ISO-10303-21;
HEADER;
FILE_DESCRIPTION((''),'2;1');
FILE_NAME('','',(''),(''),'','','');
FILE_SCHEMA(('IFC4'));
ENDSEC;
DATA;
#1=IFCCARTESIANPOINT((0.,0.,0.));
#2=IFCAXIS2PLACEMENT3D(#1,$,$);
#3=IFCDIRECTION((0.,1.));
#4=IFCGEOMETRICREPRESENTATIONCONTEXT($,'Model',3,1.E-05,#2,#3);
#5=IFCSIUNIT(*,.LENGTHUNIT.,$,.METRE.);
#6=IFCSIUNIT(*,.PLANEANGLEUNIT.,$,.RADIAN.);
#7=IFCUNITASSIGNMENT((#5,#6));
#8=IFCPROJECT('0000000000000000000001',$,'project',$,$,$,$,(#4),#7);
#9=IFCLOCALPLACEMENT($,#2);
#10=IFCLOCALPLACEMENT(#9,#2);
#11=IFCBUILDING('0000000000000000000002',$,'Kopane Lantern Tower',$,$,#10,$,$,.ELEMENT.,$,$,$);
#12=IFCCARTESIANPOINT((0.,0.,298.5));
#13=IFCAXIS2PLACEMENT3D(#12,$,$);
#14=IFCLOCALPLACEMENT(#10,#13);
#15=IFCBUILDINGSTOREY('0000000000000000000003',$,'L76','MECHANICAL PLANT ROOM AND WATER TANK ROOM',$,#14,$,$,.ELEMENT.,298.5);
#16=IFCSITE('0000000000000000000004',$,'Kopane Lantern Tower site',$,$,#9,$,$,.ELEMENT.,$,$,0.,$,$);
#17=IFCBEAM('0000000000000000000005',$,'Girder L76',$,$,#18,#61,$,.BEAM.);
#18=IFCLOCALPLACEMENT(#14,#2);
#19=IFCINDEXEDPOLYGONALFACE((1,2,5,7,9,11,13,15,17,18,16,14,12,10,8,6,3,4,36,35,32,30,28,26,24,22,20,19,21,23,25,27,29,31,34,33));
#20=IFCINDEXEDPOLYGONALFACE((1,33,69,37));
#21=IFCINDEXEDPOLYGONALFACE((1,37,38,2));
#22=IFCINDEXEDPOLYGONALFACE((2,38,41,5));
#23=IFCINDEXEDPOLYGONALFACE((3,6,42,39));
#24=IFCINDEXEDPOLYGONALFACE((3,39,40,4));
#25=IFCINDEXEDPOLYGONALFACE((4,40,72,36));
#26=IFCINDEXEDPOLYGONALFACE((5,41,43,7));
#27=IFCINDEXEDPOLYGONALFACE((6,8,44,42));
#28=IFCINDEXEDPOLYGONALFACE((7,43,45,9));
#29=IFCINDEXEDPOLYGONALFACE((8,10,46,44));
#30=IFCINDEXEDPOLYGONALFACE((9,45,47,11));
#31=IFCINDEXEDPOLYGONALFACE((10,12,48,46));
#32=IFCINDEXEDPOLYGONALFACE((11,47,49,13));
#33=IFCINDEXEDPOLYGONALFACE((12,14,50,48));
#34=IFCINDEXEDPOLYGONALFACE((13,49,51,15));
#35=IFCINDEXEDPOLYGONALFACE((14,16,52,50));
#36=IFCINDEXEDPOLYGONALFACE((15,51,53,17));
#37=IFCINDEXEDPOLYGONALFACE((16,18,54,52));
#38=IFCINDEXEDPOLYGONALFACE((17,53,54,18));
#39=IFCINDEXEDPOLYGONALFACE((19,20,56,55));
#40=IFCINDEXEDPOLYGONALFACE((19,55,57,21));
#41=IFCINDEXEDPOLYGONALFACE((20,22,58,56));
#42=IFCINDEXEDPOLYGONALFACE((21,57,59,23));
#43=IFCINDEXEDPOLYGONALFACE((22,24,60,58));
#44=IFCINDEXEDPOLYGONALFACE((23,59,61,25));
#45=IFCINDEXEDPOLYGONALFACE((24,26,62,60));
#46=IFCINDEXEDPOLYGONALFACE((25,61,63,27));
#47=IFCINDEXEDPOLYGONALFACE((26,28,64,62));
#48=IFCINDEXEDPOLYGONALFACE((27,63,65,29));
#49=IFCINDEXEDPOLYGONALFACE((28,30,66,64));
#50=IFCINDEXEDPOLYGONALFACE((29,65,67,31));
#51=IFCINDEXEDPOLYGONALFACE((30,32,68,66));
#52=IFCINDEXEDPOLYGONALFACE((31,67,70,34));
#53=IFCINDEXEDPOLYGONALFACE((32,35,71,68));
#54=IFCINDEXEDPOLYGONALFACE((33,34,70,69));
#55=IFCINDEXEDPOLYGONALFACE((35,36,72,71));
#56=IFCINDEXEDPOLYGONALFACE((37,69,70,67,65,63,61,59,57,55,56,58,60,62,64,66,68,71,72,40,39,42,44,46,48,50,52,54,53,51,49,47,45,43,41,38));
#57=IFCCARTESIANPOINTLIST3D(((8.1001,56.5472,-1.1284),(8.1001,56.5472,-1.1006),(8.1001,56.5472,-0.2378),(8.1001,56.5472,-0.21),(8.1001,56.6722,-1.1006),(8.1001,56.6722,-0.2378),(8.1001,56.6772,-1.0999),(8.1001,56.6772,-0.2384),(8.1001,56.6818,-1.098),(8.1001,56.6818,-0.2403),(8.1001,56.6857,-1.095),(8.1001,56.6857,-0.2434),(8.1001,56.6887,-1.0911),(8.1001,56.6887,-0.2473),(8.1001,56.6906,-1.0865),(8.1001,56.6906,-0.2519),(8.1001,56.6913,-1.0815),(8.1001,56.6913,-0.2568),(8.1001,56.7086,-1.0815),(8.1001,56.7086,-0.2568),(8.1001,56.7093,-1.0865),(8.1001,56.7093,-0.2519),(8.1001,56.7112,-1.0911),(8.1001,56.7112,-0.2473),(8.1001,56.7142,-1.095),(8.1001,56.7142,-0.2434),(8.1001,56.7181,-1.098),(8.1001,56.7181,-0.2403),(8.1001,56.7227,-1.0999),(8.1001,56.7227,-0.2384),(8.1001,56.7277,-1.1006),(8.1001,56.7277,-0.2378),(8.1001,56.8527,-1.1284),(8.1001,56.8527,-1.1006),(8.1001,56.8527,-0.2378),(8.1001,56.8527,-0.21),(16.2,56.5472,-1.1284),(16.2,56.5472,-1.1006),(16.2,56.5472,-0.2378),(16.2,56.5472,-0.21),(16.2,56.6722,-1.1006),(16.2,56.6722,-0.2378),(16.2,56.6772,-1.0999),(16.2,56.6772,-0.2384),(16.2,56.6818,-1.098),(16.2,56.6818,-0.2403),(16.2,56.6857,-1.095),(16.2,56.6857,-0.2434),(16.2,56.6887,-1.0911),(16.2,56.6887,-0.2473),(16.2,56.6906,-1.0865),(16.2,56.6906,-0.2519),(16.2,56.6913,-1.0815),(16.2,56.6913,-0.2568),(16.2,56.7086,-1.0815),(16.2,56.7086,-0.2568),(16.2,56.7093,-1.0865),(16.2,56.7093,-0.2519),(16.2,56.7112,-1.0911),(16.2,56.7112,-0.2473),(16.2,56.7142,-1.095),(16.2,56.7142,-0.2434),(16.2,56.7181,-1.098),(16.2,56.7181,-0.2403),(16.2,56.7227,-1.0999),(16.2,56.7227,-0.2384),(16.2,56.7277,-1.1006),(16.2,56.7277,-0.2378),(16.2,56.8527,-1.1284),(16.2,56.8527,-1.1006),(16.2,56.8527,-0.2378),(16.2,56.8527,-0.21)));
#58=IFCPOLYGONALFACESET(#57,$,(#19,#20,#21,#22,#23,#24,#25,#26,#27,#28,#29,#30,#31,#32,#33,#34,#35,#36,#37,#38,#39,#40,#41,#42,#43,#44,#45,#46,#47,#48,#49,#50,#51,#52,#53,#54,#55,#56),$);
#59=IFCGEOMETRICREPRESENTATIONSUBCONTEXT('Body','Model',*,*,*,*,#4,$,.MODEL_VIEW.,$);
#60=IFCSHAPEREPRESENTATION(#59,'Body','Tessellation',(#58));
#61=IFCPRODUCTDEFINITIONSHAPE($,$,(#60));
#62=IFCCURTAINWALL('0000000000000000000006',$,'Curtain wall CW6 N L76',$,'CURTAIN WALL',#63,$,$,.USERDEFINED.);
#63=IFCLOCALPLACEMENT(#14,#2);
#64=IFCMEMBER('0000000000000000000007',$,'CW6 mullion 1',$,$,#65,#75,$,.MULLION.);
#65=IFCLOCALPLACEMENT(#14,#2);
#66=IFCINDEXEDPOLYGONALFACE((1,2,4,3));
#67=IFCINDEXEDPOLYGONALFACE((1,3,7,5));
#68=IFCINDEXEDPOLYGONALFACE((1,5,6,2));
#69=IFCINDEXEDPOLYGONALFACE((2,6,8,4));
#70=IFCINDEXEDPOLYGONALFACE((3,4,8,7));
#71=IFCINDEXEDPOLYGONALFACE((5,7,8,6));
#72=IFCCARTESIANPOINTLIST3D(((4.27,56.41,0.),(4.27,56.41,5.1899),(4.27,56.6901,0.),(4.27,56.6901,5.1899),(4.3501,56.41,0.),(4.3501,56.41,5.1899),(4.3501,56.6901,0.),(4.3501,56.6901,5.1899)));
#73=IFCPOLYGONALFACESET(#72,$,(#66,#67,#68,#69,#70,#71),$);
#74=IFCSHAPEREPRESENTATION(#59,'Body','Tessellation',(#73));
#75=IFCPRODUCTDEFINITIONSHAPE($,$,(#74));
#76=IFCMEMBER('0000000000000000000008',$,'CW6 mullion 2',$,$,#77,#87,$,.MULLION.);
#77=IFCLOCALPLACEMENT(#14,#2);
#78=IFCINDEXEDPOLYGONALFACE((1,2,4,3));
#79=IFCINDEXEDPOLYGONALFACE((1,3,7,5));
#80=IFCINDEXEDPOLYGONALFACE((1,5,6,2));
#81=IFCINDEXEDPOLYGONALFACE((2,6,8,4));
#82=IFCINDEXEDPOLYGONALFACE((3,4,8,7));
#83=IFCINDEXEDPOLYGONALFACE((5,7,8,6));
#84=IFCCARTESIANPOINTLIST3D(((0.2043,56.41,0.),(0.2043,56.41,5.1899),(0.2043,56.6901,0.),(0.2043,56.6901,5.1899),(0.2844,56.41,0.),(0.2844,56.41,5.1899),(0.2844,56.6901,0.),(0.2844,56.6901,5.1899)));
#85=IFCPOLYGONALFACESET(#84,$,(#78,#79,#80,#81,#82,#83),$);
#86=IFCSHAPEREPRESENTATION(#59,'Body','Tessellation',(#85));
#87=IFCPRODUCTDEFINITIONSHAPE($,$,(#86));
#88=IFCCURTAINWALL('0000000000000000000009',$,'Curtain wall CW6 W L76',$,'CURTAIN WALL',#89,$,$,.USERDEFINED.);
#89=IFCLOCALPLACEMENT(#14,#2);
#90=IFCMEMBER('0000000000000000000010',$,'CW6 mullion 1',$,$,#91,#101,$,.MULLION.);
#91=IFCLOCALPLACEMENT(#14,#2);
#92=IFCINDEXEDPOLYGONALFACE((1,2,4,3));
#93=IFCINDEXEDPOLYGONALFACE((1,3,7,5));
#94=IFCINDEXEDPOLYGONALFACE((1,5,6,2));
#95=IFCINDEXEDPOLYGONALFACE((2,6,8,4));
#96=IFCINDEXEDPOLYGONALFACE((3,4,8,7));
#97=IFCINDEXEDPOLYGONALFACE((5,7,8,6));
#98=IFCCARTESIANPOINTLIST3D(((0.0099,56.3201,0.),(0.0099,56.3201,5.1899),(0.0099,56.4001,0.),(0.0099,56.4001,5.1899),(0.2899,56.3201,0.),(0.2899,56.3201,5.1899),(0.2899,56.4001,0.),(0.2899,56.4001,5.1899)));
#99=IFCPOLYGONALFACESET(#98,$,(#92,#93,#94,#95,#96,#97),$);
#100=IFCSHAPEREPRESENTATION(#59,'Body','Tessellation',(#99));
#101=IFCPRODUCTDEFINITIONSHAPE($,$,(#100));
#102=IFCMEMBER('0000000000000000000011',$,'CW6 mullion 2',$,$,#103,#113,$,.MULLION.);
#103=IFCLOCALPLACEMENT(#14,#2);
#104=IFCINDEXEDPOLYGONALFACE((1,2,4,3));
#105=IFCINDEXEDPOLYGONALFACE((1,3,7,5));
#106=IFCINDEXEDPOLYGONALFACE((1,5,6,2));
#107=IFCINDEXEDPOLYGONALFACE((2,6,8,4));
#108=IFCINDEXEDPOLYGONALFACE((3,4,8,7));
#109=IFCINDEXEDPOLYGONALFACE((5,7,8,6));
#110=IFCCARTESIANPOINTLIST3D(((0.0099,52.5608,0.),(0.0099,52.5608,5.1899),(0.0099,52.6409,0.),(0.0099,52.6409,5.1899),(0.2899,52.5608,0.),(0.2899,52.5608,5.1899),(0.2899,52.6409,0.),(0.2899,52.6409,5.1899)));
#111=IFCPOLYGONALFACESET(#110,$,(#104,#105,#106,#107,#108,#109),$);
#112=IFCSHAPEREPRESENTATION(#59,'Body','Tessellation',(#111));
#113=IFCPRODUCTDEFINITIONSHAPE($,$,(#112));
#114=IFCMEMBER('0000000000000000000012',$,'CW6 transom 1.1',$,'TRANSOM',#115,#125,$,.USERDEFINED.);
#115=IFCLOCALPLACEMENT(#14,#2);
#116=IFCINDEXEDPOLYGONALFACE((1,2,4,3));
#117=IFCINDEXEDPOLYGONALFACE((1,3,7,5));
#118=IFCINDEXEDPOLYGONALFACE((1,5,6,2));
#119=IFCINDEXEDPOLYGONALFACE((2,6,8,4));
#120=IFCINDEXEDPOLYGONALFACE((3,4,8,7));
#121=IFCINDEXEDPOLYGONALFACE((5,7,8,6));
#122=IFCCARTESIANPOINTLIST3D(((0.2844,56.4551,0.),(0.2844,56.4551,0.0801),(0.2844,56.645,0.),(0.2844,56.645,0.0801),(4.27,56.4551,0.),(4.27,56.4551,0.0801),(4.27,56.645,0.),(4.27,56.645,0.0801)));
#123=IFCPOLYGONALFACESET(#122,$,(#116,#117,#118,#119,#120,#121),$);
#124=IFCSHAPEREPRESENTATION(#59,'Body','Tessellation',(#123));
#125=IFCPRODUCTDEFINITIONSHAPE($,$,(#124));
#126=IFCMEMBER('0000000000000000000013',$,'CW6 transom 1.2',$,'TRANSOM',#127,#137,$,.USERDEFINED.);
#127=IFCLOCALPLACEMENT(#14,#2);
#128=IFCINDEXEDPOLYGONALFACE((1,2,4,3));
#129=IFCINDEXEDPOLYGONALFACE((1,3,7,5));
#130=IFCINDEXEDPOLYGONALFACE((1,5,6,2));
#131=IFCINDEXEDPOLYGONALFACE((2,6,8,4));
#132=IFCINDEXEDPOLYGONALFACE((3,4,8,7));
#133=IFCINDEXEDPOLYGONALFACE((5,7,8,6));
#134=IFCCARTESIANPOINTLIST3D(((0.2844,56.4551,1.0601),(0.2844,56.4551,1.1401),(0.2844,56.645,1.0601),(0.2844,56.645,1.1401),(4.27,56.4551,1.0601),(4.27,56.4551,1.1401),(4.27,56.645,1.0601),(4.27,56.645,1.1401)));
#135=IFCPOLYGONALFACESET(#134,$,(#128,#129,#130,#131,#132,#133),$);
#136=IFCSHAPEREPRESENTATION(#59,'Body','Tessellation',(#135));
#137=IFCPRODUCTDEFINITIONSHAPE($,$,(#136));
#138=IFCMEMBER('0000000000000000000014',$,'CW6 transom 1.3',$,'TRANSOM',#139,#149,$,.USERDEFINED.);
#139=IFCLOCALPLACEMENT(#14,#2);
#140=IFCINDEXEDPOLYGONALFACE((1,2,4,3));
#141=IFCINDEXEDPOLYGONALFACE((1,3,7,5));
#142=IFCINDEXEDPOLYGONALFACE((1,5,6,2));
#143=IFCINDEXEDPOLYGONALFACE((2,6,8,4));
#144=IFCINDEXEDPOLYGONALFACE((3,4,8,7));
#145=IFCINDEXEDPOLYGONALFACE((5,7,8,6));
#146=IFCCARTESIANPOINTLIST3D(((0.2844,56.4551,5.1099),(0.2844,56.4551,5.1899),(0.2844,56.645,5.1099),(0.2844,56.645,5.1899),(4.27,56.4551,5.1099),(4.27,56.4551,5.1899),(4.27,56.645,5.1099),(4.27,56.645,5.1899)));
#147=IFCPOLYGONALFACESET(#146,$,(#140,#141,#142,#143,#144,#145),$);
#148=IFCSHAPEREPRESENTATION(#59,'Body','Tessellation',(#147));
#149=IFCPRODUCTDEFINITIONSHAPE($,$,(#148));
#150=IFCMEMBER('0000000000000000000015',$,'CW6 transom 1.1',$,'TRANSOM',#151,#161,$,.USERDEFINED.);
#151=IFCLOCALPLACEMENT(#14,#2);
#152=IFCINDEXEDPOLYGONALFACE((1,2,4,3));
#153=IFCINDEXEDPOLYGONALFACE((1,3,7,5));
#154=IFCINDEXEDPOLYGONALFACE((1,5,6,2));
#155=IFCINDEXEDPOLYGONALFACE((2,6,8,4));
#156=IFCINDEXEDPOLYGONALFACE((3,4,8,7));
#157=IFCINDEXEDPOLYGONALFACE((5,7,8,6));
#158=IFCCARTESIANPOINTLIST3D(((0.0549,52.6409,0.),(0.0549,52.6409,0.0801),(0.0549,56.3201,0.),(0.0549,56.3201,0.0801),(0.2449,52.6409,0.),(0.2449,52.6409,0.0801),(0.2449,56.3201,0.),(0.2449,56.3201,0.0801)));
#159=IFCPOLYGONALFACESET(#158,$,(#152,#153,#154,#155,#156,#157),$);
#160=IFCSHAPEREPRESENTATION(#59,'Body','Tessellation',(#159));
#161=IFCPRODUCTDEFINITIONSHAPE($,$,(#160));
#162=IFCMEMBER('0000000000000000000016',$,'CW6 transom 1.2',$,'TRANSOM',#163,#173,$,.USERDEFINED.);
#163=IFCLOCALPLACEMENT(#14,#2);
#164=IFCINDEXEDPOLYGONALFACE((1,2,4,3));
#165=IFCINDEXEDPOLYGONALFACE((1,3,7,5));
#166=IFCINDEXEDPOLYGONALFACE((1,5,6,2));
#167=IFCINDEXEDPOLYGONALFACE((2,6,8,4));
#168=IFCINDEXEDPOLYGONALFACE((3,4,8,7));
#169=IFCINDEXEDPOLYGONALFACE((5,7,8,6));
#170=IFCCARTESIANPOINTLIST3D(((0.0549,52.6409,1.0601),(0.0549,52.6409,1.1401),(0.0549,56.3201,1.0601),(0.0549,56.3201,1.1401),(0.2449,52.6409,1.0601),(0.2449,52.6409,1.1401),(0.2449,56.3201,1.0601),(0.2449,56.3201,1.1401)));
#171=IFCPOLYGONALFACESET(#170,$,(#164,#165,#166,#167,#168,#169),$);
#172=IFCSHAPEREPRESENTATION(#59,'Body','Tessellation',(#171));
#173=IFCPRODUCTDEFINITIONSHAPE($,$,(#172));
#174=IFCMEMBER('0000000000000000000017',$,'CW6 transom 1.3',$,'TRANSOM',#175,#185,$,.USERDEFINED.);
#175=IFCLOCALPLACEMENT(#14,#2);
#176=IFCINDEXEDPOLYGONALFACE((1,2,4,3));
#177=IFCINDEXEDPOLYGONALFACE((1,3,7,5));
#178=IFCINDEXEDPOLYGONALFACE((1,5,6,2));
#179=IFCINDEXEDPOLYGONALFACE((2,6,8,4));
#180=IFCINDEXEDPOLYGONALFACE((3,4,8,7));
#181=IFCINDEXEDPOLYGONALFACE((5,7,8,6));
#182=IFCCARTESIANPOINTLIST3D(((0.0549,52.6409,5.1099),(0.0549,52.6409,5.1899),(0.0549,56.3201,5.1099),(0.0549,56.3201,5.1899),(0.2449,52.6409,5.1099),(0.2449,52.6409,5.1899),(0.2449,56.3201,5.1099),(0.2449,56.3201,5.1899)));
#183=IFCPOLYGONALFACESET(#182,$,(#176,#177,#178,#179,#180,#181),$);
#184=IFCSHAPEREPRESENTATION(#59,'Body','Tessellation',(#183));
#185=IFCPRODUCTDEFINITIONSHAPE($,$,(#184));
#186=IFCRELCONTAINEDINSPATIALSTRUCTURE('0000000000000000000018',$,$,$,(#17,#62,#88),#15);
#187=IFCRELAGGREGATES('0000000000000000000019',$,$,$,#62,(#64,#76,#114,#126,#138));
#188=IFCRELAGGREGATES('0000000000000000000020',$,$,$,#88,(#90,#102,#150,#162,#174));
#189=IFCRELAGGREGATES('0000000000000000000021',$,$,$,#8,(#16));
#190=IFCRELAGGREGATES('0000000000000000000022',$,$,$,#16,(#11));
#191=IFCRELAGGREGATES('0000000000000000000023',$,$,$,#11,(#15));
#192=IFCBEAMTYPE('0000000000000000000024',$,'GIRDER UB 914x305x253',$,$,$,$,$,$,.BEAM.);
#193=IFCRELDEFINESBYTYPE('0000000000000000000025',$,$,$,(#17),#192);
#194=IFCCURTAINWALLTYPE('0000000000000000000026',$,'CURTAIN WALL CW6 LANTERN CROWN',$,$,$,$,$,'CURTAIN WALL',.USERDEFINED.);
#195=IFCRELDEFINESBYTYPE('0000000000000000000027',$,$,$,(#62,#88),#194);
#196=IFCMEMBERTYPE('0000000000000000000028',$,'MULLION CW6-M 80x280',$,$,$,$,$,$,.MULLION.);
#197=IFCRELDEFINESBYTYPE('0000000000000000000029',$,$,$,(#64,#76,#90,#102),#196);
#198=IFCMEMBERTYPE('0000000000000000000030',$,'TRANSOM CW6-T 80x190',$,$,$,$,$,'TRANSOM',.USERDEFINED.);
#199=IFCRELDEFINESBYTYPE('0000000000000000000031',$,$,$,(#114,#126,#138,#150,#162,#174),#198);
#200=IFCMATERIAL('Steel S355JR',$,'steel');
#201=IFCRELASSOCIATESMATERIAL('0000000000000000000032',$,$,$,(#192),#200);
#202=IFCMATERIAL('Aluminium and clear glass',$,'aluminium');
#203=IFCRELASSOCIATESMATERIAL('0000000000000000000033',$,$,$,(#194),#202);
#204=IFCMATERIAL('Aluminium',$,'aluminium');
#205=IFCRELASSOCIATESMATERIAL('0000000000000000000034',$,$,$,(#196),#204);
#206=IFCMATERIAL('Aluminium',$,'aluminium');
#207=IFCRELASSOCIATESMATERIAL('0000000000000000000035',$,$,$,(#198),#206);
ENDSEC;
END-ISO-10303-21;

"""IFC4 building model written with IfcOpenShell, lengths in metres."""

from ifc_helpers import new_model, si_unit, direction, frame, origin, origin_2d, place, context, subcontext, project, spatial, rectangle, i_section, extrude, material, material_profile, profile_set, type_object, element, aggregate, save


model = new_model("IFC4")

# Units and contexts
model_context = context("Model", 3, precision=1e-05, world=origin(), true_north=direction((0.0, 1.0)))
body_context = subcontext(model_context, "Body", "Model", "MODEL_VIEW")
ifc_project = project(units=[si_unit("LENGTHUNIT", "METRE"), si_unit("PLANEANGLEUNIT", "RADIAN")], contexts=[model_context])

# Site, building, storey
site_placement = place(None, origin())
site = spatial("IfcSite", under=ifc_project, at=site_placement, Name="Kopane Lantern Tower site", CompositionType="ELEMENT", RefElevation=0.0)
building_placement = place(site_placement, origin())
building = spatial("IfcBuilding", under=site, at=building_placement, Name="Kopane Lantern Tower", CompositionType="ELEMENT")
storey_placement = place(building_placement, frame((0.0, 0.0, 298.5)))
storey = spatial("IfcBuildingStorey", under=building, at=storey_placement, Name="L76", Description="MECHANICAL PLANT ROOM AND WATER TANK ROOM", CompositionType="ELEMENT", Elevation=298.5)

# Beam
ifc_material_1 = material(Name="Steel S355JR", Category="steel")
ifc_material_profile_1 = material_profile(ifc_material_1, i_section(OverallWidth=0.3054, OverallDepth=0.9185, WebThickness=0.0173, FlangeThickness=0.0278, FilletRadius=0.019, at=origin_2d()), Name="UB 914x305x253")
ifc_profile_set_1 = profile_set([ifc_material_profile_1], Name="Steel S355JR")
beam_type = type_object("IfcBeamType", Name="GIRDER UB 914x305x253", PredefinedType="BEAM", material=ifc_profile_set_1)
beam_placement = place(storey_placement, frame((8.1001, 56.7, -0.6692), z_axis=(1.0, 0.0, 0.0), x_axis=(0.0, 1.0, 0.0)))
element("IfcBeam", 1, at=beam_placement, inside=storey, type_object=beam_type, Name="Girder L76", PredefinedType="BEAM", context=body_context, shape_type="SweptSolid", body=[
    extrude(i_section(OverallWidth=0.3054, OverallDepth=0.9185, WebThickness=0.0173, FlangeThickness=0.0278, FilletRadius=0.019, at=origin_2d()), origin(), (0.0, 0.0, 1.0), 8.0999),
])

# Curtain walls, members
ifc_material_2 = material(Name="Aluminium and clear glass", Category="aluminium")
curtain_wall_type = type_object("IfcCurtainWallType", Name="CURTAIN WALL CW6 LANTERN CROWN", ElementType="CURTAIN WALL", PredefinedType="USERDEFINED", material=ifc_material_2)
curtain_wall_1_placement = place(storey_placement, origin())
curtain_wall_1 = element("IfcCurtainWall", 2, at=curtain_wall_1_placement, inside=storey, type_object=curtain_wall_type, Name="Curtain wall CW6 N L76", ObjectType="CURTAIN WALL", PredefinedType="USERDEFINED")
ifc_material_3 = material(Name="Aluminium", Category="aluminium")
ifc_material_profile_2 = material_profile(ifc_material_3, rectangle(XDim=0.0801, YDim=0.28, at=origin_2d()), Name="AL 80x280")
ifc_profile_set_2 = profile_set([ifc_material_profile_2], Name="Aluminium")
member_type_1 = type_object("IfcMemberType", Name="MULLION CW6-M 80x280", PredefinedType="MULLION", material=ifc_profile_set_2)
member_1_placement = place(storey_placement, frame((4.3101, 56.55, 0.0), z_axis=(0.0, 0.0, 1.0), x_axis=(-1.0, 0.0, 0.0)))
member_1 = element("IfcMember", 3, at=member_1_placement, type_object=member_type_1, Name="CW6 mullion 1", PredefinedType="MULLION", context=body_context, shape_type="SweptSolid", body=[
    extrude(rectangle(XDim=0.0801, YDim=0.28, at=origin_2d()), origin(), (0.0, 0.0, 1.0), 5.1899),
])
member_2_placement = place(storey_placement, frame((0.2444, 56.55, 0.0), z_axis=(0.0, 0.0, 1.0), x_axis=(-1.0, 0.0, 0.0)))
member_2 = element("IfcMember", 4, at=member_2_placement, type_object=member_type_1, Name="CW6 mullion 2", PredefinedType="MULLION", context=body_context, shape_type="SweptSolid", body=[
    extrude(rectangle(XDim=0.0801, YDim=0.28, at=origin_2d()), origin(), (0.0, 0.0, 1.0), 5.1899),
])
curtain_wall_2_placement = place(storey_placement, origin())
curtain_wall_2 = element("IfcCurtainWall", 5, at=curtain_wall_2_placement, inside=storey, type_object=curtain_wall_type, Name="Curtain wall CW6 W L76", ObjectType="CURTAIN WALL", PredefinedType="USERDEFINED")
member_3_placement = place(storey_placement, frame((0.1499, 56.3601, 0.0), z_axis=(0.0, 0.0, 1.0), x_axis=(0.0, -1.0, 0.0)))
member_3 = element("IfcMember", 6, at=member_3_placement, type_object=member_type_1, Name="CW6 mullion 1", PredefinedType="MULLION", context=body_context, shape_type="SweptSolid", body=[
    extrude(rectangle(XDim=0.0801, YDim=0.28, at=origin_2d()), origin(), (0.0, 0.0, 1.0), 5.1899),
])
member_4_placement = place(storey_placement, frame((0.1499, 52.6008, 0.0), z_axis=(0.0, 0.0, 1.0), x_axis=(0.0, -1.0, 0.0)))
member_4 = element("IfcMember", 7, at=member_4_placement, type_object=member_type_1, Name="CW6 mullion 2", PredefinedType="MULLION", context=body_context, shape_type="SweptSolid", body=[
    extrude(rectangle(XDim=0.0801, YDim=0.28, at=origin_2d()), origin(), (0.0, 0.0, 1.0), 5.1899),
])

# Members
ifc_material_4 = material(Name="Aluminium", Category="aluminium")
ifc_material_profile_3 = material_profile(ifc_material_4, rectangle(XDim=0.1899, YDim=0.0801, at=origin_2d()), Name="AL 190x80")
ifc_profile_set_3 = profile_set([ifc_material_profile_3], Name="Aluminium")
member_type_2 = type_object("IfcMemberType", Name="TRANSOM CW6-T 80x190", ElementType="TRANSOM", PredefinedType="USERDEFINED", material=ifc_profile_set_3)
member_5_placement = place(storey_placement, frame((4.27, 56.55, 0.04), z_axis=(-1.0, 0.0, 0.0), x_axis=(0.0, -1.0, 0.0)))
member_5 = element("IfcMember", 8, at=member_5_placement, type_object=member_type_2, Name="CW6 transom 1.1", ObjectType="TRANSOM", PredefinedType="USERDEFINED", context=body_context, shape_type="SweptSolid", body=[
    extrude(rectangle(XDim=0.1899, YDim=0.0801, at=origin_2d()), origin(), (0.0, 0.0, 1.0), 3.9856),
])
member_6_placement = place(storey_placement, frame((4.27, 56.55, 1.1001), z_axis=(-1.0, 0.0, 0.0), x_axis=(0.0, -1.0, 0.0)))
member_6 = element("IfcMember", 9, at=member_6_placement, type_object=member_type_2, Name="CW6 transom 1.2", ObjectType="TRANSOM", PredefinedType="USERDEFINED", context=body_context, shape_type="SweptSolid", body=[
    extrude(rectangle(XDim=0.1899, YDim=0.0801, at=origin_2d()), origin(), (0.0, 0.0, 1.0), 3.9856),
])
member_7_placement = place(storey_placement, frame((4.27, 56.55, 5.1499), z_axis=(-1.0, 0.0, 0.0), x_axis=(0.0, -1.0, 0.0)))
member_7 = element("IfcMember", 10, at=member_7_placement, type_object=member_type_2, Name="CW6 transom 1.3", ObjectType="TRANSOM", PredefinedType="USERDEFINED", context=body_context, shape_type="SweptSolid", body=[
    extrude(rectangle(XDim=0.1899, YDim=0.0801, at=origin_2d()), origin(), (0.0, 0.0, 1.0), 3.9856),
])
member_8_placement = place(storey_placement, frame((0.1499, 56.3201, 0.04), z_axis=(0.0, -1.0, 0.0), x_axis=(1.0, 0.0, 0.0)))
member_8 = element("IfcMember", 11, at=member_8_placement, type_object=member_type_2, Name="CW6 transom 1.1", ObjectType="TRANSOM", PredefinedType="USERDEFINED", context=body_context, shape_type="SweptSolid", body=[
    extrude(rectangle(XDim=0.1899, YDim=0.0801, at=origin_2d()), origin(), (0.0, 0.0, 1.0), 3.6792),
])
member_9_placement = place(storey_placement, frame((0.1499, 56.3201, 1.1001), z_axis=(0.0, -1.0, 0.0), x_axis=(1.0, 0.0, 0.0)))
member_9 = element("IfcMember", 12, at=member_9_placement, type_object=member_type_2, Name="CW6 transom 1.2", ObjectType="TRANSOM", PredefinedType="USERDEFINED", context=body_context, shape_type="SweptSolid", body=[
    extrude(rectangle(XDim=0.1899, YDim=0.0801, at=origin_2d()), origin(), (0.0, 0.0, 1.0), 3.6792),
])
member_10_placement = place(storey_placement, frame((0.1499, 56.3201, 5.1499), z_axis=(0.0, -1.0, 0.0), x_axis=(1.0, 0.0, 0.0)))
member_10 = element("IfcMember", 13, at=member_10_placement, type_object=member_type_2, Name="CW6 transom 1.3", ObjectType="TRANSOM", PredefinedType="USERDEFINED", context=body_context, shape_type="SweptSolid", body=[
    extrude(rectangle(XDim=0.1899, YDim=0.0801, at=origin_2d()), origin(), (0.0, 0.0, 1.0), 3.6792),
])

aggregate(curtain_wall_1, [member_1, member_2, member_5, member_6, member_7])
aggregate(curtain_wall_2, [member_3, member_4, member_8, member_9, member_10])

save(model, "model.ifc")
